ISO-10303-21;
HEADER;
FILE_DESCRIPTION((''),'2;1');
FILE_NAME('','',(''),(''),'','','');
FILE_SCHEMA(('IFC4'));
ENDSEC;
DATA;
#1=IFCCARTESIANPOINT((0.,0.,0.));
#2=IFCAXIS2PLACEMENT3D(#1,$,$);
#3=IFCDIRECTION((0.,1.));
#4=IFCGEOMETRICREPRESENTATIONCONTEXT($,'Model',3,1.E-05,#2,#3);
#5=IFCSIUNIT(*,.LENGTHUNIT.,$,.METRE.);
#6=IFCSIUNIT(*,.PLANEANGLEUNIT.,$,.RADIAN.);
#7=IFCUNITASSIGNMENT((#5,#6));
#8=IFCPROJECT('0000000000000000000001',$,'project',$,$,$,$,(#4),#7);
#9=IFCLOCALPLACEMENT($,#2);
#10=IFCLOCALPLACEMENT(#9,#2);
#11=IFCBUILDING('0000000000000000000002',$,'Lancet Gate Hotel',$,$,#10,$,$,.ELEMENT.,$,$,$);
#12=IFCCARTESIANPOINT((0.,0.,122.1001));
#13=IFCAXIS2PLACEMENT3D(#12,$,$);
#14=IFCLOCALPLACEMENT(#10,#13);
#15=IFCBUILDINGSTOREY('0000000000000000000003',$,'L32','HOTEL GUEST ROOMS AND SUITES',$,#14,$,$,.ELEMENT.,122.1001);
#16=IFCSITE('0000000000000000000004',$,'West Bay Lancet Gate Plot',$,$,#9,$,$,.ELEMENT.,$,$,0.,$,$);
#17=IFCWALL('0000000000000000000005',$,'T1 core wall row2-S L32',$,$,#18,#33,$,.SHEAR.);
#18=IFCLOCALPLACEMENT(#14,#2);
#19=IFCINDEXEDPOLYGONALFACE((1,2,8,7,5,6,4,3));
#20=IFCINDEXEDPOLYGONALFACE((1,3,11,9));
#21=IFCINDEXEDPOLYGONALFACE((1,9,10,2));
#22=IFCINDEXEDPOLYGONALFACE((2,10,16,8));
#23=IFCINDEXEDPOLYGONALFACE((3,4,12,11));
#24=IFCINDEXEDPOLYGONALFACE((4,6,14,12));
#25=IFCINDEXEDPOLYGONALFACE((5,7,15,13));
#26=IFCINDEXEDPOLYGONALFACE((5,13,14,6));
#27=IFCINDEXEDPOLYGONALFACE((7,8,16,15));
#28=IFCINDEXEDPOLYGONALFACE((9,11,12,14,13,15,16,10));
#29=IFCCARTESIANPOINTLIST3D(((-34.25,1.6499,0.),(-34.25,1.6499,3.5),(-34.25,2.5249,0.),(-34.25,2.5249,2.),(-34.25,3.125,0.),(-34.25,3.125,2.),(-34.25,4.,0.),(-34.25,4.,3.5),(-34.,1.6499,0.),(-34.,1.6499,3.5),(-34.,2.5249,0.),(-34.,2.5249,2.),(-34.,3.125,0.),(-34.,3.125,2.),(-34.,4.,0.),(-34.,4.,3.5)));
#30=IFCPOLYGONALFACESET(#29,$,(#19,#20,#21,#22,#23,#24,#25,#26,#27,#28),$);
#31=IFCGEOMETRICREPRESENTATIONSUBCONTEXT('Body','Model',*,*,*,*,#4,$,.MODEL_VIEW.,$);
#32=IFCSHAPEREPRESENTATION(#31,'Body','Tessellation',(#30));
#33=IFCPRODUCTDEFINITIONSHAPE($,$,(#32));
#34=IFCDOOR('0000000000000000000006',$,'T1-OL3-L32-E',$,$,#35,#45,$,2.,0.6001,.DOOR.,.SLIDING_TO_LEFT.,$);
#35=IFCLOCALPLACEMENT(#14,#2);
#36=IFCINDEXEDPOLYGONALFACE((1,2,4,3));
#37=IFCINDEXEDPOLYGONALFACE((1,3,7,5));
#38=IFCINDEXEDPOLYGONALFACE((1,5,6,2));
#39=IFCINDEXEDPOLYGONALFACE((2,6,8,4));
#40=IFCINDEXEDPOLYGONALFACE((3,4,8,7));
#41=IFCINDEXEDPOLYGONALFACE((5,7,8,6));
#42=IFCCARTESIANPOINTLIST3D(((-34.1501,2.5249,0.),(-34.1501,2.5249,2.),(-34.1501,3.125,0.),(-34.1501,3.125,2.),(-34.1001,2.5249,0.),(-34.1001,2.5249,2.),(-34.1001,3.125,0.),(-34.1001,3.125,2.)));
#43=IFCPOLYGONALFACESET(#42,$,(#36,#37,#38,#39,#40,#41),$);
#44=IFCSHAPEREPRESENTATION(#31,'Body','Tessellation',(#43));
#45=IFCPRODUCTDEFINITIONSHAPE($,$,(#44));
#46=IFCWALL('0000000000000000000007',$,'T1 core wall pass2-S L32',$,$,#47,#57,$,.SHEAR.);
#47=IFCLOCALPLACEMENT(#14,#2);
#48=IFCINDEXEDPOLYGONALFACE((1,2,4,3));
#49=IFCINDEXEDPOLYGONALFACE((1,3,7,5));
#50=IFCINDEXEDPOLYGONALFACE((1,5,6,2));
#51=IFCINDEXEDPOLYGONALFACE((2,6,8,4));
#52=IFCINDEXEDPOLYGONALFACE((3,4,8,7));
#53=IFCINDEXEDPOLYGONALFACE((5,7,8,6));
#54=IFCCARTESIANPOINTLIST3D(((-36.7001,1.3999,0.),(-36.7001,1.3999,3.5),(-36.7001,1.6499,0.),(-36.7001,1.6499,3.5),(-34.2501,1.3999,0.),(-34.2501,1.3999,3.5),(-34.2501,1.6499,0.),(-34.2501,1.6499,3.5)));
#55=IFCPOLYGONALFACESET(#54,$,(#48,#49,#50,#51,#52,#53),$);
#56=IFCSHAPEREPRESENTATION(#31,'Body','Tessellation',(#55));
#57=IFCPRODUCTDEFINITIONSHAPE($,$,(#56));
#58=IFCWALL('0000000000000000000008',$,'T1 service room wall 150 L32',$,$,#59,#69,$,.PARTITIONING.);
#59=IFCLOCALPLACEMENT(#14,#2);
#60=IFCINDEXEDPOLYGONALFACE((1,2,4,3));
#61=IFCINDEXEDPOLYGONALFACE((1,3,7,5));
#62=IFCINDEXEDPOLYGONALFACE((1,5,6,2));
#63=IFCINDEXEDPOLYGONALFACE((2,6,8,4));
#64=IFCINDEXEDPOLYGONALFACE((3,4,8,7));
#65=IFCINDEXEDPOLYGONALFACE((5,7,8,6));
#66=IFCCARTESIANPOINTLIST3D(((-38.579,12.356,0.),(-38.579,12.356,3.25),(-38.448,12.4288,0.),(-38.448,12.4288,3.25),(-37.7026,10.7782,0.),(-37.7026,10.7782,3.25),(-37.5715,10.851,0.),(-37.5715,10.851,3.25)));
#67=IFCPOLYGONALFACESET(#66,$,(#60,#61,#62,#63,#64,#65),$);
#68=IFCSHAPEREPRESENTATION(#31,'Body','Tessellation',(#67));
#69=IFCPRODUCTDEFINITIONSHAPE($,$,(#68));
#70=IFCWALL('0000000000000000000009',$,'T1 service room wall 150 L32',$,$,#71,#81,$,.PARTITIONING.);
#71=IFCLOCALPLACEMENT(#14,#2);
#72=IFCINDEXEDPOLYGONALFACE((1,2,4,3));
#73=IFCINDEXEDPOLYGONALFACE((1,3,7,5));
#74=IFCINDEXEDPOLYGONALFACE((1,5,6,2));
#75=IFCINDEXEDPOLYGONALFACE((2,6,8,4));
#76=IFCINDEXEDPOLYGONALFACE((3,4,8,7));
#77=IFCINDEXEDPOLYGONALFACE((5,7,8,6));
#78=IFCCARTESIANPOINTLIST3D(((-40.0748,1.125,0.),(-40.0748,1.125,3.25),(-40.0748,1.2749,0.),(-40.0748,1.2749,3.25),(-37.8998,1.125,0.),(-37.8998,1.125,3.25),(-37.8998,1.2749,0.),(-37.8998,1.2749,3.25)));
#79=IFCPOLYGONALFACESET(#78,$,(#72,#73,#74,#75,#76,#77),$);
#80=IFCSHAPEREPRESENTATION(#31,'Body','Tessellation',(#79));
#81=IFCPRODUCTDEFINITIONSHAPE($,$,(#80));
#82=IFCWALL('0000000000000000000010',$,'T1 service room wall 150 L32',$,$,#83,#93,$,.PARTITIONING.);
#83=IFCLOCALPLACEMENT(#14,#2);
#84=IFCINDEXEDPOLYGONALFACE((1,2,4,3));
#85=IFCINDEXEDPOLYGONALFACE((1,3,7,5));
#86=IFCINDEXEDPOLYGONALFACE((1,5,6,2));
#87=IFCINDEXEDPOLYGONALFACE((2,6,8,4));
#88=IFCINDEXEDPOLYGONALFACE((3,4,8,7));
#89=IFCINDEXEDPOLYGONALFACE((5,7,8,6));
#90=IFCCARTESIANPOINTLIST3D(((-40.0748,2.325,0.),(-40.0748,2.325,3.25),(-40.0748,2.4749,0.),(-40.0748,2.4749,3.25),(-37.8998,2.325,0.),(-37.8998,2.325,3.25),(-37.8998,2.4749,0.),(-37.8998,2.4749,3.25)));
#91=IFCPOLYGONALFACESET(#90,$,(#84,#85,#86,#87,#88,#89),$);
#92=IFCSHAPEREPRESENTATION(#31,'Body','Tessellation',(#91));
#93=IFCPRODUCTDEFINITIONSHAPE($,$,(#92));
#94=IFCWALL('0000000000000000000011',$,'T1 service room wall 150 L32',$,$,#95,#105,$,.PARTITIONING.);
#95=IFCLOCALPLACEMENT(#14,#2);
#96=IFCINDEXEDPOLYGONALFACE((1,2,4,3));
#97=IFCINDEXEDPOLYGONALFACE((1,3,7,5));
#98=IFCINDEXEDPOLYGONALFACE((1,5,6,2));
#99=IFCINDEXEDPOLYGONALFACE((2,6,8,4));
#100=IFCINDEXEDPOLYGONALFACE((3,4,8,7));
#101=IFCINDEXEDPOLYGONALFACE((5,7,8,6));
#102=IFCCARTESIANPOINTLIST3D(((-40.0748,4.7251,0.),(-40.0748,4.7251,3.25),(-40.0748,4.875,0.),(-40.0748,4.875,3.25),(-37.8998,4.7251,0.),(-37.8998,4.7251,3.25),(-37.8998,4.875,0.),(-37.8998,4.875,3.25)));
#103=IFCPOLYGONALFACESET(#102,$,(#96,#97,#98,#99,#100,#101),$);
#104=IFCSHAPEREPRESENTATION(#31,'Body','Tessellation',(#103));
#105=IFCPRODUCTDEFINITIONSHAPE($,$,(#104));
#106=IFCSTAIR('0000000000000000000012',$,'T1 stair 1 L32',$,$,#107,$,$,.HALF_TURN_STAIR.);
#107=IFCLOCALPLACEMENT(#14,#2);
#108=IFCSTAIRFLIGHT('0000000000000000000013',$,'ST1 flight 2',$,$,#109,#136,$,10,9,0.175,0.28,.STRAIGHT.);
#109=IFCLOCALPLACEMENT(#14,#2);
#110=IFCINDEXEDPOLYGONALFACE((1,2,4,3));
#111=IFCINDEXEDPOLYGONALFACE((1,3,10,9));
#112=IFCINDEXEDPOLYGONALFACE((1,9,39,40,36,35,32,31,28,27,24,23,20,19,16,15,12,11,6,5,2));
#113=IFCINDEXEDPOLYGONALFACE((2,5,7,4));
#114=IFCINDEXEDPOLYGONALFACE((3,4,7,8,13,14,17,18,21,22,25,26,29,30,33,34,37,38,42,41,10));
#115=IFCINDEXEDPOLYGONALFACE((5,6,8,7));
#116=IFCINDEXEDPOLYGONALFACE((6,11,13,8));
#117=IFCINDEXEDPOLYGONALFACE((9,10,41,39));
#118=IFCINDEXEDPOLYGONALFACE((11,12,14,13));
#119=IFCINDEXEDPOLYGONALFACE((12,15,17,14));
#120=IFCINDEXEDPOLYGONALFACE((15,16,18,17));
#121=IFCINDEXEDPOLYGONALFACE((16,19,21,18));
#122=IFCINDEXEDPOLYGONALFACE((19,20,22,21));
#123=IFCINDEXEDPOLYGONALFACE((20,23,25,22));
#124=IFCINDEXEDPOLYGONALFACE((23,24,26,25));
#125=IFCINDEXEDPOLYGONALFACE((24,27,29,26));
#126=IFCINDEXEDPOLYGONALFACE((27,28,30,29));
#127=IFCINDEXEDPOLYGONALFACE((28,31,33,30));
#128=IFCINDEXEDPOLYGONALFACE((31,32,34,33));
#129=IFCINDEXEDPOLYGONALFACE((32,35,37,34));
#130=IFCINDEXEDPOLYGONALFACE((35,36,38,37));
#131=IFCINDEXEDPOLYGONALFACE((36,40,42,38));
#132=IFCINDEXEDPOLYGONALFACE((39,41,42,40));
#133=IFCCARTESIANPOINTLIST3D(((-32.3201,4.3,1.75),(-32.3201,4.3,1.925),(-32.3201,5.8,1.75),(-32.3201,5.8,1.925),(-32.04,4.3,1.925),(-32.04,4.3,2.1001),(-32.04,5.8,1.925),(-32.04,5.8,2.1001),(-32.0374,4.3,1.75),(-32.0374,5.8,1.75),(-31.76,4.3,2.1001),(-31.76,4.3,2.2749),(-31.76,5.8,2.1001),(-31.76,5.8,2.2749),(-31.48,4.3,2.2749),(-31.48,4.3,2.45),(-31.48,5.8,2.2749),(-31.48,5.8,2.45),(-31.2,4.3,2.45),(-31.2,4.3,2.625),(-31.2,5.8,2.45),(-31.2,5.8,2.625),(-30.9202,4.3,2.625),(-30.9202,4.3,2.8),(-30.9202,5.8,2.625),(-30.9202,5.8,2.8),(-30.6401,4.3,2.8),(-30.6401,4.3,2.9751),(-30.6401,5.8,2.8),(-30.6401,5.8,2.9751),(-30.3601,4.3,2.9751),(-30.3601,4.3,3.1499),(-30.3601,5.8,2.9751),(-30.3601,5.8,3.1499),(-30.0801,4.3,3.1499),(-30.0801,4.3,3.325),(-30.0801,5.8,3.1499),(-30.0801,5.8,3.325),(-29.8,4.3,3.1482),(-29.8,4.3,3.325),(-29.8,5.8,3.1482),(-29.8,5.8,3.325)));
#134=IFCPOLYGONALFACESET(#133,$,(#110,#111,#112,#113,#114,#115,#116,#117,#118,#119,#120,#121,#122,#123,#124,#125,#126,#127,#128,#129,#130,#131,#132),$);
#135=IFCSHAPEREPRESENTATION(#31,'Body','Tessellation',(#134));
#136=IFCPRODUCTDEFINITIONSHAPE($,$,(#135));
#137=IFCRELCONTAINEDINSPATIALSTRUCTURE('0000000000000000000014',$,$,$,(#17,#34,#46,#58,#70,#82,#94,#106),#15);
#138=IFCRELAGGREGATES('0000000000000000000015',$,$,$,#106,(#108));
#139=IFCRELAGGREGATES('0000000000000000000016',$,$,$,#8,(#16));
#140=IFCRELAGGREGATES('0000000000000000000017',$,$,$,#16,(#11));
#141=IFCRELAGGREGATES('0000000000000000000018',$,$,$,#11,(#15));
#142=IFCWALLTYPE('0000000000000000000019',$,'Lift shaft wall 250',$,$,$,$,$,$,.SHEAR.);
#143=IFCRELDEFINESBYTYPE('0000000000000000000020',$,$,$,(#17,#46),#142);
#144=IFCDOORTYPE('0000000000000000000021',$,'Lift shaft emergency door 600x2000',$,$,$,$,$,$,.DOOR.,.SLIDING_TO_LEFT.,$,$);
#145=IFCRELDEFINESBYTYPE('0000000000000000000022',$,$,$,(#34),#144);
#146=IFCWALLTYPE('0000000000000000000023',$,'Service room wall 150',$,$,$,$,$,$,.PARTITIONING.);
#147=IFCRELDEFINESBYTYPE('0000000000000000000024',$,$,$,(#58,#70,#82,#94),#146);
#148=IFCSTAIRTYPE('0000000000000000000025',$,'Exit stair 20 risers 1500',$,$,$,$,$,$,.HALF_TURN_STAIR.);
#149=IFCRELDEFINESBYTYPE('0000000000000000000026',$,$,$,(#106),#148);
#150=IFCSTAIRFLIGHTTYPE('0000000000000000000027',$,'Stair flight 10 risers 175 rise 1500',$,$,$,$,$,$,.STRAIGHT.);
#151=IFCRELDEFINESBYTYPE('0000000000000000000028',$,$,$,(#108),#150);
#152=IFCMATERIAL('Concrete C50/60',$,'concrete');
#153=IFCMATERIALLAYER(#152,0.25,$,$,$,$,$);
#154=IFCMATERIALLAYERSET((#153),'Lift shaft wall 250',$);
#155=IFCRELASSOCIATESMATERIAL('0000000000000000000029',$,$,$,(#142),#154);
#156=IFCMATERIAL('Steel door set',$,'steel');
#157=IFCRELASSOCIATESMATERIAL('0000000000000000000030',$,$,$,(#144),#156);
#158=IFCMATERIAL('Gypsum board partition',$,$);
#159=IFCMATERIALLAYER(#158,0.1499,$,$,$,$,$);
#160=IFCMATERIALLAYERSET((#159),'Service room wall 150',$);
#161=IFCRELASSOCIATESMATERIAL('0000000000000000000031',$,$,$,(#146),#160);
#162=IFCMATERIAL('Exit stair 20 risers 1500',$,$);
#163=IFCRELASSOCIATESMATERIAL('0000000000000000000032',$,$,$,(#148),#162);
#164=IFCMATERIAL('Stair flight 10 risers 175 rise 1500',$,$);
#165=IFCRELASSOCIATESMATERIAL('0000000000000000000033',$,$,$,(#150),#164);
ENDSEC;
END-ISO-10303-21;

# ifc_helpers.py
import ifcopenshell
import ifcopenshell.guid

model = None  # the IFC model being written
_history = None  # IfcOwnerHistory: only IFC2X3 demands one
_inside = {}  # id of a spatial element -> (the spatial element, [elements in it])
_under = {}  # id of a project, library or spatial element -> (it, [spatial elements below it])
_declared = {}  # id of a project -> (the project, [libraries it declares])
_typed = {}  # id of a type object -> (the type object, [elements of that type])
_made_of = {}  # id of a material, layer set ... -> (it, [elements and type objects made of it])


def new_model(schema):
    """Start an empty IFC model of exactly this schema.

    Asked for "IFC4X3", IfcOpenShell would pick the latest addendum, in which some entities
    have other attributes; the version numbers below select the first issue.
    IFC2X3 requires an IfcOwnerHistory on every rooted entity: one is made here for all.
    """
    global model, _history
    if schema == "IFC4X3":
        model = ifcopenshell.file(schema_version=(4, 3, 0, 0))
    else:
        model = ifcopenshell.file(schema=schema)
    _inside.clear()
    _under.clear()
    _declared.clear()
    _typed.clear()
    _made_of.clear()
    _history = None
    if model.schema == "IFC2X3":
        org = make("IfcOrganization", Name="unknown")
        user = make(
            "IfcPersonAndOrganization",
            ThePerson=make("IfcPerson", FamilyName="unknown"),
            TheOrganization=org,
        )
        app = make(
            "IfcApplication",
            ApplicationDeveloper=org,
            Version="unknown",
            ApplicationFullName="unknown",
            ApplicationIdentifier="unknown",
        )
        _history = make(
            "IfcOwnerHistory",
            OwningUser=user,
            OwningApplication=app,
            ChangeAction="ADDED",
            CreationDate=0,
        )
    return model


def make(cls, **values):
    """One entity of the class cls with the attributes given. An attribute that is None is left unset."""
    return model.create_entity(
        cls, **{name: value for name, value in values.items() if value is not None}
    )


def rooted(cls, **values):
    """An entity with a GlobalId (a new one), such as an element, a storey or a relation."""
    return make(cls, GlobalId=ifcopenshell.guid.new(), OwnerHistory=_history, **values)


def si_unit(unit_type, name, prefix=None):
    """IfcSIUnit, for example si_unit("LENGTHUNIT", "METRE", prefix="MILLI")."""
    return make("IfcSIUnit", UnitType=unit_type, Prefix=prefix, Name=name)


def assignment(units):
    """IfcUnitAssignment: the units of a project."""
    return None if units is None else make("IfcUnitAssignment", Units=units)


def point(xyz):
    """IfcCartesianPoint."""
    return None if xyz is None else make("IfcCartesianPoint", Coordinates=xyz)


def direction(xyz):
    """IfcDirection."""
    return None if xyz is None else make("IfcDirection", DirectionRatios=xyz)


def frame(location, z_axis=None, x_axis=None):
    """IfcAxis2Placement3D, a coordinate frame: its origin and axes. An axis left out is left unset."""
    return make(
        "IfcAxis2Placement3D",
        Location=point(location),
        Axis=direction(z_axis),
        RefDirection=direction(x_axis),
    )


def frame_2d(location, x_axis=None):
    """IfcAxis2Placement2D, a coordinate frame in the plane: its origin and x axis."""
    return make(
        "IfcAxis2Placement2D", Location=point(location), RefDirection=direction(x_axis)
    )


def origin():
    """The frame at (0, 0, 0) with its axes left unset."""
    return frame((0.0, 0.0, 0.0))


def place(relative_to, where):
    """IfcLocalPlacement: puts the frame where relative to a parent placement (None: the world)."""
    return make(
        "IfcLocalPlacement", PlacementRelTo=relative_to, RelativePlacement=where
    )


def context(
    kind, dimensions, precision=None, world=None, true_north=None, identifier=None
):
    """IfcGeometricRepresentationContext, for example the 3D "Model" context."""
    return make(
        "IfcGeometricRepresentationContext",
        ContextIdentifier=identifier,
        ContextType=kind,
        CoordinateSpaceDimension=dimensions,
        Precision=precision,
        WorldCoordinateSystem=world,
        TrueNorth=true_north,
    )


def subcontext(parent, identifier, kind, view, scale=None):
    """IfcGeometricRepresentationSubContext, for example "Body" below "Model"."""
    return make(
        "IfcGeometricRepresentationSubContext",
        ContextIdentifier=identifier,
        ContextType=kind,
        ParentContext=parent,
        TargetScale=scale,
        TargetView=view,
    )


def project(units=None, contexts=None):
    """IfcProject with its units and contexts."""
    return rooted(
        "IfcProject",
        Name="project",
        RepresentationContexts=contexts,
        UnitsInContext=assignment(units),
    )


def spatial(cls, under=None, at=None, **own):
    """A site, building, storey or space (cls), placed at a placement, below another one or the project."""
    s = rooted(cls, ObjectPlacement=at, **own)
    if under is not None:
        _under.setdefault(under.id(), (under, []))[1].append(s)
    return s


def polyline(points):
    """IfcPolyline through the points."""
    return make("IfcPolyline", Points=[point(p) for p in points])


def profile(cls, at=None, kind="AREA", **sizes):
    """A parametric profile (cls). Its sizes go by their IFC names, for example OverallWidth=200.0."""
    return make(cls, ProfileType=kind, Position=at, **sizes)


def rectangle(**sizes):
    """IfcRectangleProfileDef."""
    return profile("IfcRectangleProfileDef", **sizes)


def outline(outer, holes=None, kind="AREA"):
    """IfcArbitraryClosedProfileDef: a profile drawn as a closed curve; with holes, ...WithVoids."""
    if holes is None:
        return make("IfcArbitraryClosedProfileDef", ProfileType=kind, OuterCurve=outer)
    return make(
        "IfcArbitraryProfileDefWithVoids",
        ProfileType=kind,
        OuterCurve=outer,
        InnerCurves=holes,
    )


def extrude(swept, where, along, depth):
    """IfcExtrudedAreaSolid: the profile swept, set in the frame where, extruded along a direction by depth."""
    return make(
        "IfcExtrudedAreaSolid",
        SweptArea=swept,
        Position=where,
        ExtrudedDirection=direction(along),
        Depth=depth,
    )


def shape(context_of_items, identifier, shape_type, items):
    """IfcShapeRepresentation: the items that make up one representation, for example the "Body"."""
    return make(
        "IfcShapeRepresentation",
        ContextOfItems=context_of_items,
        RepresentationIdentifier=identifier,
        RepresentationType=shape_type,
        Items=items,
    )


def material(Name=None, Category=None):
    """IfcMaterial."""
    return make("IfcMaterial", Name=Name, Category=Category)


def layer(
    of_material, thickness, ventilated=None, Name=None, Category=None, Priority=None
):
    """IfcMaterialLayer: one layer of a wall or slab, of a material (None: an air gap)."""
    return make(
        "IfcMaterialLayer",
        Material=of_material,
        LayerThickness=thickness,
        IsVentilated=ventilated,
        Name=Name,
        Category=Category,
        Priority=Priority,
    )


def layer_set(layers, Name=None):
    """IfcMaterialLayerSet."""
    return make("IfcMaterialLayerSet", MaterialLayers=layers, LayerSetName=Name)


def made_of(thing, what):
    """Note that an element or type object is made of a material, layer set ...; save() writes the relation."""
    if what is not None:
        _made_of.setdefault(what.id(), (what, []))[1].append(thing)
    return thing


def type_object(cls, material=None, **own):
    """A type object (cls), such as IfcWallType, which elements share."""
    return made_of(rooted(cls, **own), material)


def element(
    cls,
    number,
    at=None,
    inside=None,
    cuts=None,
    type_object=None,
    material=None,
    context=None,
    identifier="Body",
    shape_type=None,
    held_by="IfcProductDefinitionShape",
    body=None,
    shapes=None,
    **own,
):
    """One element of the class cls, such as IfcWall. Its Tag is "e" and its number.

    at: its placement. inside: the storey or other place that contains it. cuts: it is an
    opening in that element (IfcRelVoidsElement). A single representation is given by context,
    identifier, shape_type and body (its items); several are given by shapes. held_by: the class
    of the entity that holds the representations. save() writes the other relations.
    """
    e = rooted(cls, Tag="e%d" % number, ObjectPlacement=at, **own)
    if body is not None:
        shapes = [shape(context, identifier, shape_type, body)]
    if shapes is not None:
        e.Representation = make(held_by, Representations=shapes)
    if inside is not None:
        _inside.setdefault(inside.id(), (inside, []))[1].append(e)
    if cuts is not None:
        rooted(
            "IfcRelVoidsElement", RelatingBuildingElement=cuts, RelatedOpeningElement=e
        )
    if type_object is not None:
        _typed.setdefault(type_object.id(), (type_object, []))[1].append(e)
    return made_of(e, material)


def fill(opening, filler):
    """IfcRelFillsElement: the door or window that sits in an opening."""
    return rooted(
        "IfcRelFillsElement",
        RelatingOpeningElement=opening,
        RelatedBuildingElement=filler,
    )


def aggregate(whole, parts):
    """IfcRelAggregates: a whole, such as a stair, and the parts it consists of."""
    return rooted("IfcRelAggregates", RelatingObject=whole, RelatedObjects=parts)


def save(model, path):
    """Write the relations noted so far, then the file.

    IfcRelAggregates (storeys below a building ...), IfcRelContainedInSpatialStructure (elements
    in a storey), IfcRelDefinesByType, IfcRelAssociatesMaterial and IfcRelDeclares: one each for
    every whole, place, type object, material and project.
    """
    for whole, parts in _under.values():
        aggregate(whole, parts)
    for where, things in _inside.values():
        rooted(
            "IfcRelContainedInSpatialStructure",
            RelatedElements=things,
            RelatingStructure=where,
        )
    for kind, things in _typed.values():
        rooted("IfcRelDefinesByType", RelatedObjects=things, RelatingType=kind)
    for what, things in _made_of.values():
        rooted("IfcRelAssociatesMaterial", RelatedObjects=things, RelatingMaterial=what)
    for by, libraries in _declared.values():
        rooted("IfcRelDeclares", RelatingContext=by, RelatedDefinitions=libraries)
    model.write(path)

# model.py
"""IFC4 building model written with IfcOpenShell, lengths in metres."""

from ifc_helpers import new_model, si_unit, direction, frame, frame_2d, origin, place, context, subcontext, project, spatial, polyline, rectangle, outline, extrude, material, layer, layer_set, type_object, element, fill, aggregate, save


model = new_model("IFC4")

# Units and contexts
model_context = context("Model", 3, precision=1e-05, world=origin(), true_north=direction((0.0, 1.0)))
body_context = subcontext(model_context, "Body", "Model", "MODEL_VIEW")
ifc_project = project(units=[si_unit("LENGTHUNIT", "METRE"), si_unit("PLANEANGLEUNIT", "RADIAN")], contexts=[model_context])

# Site, building, storey
site_placement = place(None, origin())
site = spatial("IfcSite", under=ifc_project, at=site_placement, Name="West Bay Lancet Gate Plot", CompositionType="ELEMENT", RefElevation=0.0)
building_placement = place(site_placement, origin())
building = spatial("IfcBuilding", under=site, at=building_placement, Name="Lancet Gate Hotel", CompositionType="ELEMENT")
storey_placement = place(building_placement, frame((0.0, 0.0, 122.1001)))
storey = spatial("IfcBuildingStorey", under=building, at=storey_placement, Name="L32", Description="HOTEL GUEST ROOMS AND SUITES", CompositionType="ELEMENT", Elevation=122.1001)

# Wall, opening, door
ifc_material_1 = material(Name="Concrete C50/60", Category="concrete")
ifc_layer_1 = layer(ifc_material_1, 0.25)
ifc_layer_set_1 = layer_set([ifc_layer_1], Name="Lift shaft wall 250")
wall_type_1 = type_object("IfcWallType", Name="Lift shaft wall 250", PredefinedType="SHEAR", material=ifc_layer_set_1)
wall_1_placement = place(storey_placement, frame((-34.125, 4.0, 0.0), z_axis=(0.0, 0.0, 1.0), x_axis=(0.0, -1.0, 0.0)))
wall_1 = element("IfcWall", 1, at=wall_1_placement, inside=storey, type_object=wall_type_1, Name="T1 core wall row2-S L32", PredefinedType="SHEAR", context=body_context, shape_type="SweptSolid", body=[
    extrude(rectangle(XDim=2.3501, YDim=0.25, at=frame_2d((1.175, 0.0))), origin(), (0.0, 0.0, 1.0), 3.5),
])
opening_1_placement = place(wall_1_placement, frame((0.875, 0.0, 0.0)))
opening_1 = element("IfcOpeningElement", 2, at=opening_1_placement, cuts=wall_1, PredefinedType="OPENING", context=body_context, shape_type="SweptSolid", body=[
    extrude(rectangle(XDim=0.6001, YDim=2.0, at=frame_2d((0.3, 1.0))), frame((0.0, 0.135, 0.0), z_axis=(0.0, -1.0, 0.0), x_axis=(1.0, 0.0, 0.0)), (0.0, 0.0, 1.0), 0.27),
])
ifc_material_2 = material(Name="Steel door set", Category="steel")
door_type_1 = type_object("IfcDoorType", Name="Lift shaft emergency door 600x2000", OperationType="SLIDING_TO_LEFT", PredefinedType="DOOR", material=ifc_material_2)
door_1_placement = place(opening_1_placement, origin())
door_1 = element("IfcDoor", 3, at=door_1_placement, inside=storey, type_object=door_type_1, Name="T1-OL3-L32-E", OperationType="SLIDING_TO_LEFT", OverallHeight=2.0, OverallWidth=0.6001, PredefinedType="DOOR", context=body_context, shape_type="SweptSolid", body=[
    extrude(rectangle(XDim=0.6001, YDim=2.0, at=frame_2d((0.3, 1.0))), frame((0.0, 0.0249, 0.0), z_axis=(0.0, -1.0, 0.0), x_axis=(1.0, 0.0, 0.0)), (0.0, 0.0, 1.0), 0.05),
])
fill(opening_1, door_1)

# Walls
wall_2_placement = place(storey_placement, frame((-34.25, 1.5249, 0.0), z_axis=(0.0, 0.0, 1.0), x_axis=(-1.0, 0.0, 0.0)))
element("IfcWall", 4, at=wall_2_placement, inside=storey, type_object=wall_type_1, Name="T1 core wall pass2-S L32", PredefinedType="SHEAR", context=body_context, shape_type="SweptSolid", body=[
    extrude(rectangle(XDim=2.45, YDim=0.25, at=frame_2d((1.2251, 0.0))), origin(), (0.0, 0.0, 1.0), 3.5),
])
ifc_material_3 = material(Name="Gypsum board partition")
ifc_layer_2 = layer(ifc_material_3, 0.1499)
ifc_layer_set_2 = layer_set([ifc_layer_2], Name="Service room wall 150")
wall_type_2 = type_object("IfcWallType", Name="Service room wall 150", PredefinedType="PARTITIONING", material=ifc_layer_set_2)
wall_3_placement = place(storey_placement, frame((-38.5134, 12.3923, 0.0), z_axis=(0.0, 0.0, 1.0), x_axis=(0.485586, -0.874189, 0.0)))
element("IfcWall", 5, at=wall_3_placement, inside=storey, type_object=wall_type_2, Name="T1 service room wall 150 L32", PredefinedType="PARTITIONING", context=body_context, shape_type="SweptSolid", body=[
    extrude(rectangle(XDim=1.8049, YDim=0.1499, at=frame_2d((0.9023, 0.0))), origin(), (0.0, 0.0, 1.0), 3.25),
])
for number, where, z_axis, x_axis, name in (
    (6, (-37.8999, 1.2, 0.0), (0.0, 0.0, 1.0), (-1.0, 0.0, 0.0), "T1 service room wall 150 L32"),
    (7, (-37.8999, 2.3999, 0.0), (0.0, 0.0, 1.0), (-1.0, 0.0, 0.0), "T1 service room wall 150 L32"),
    (8, (-37.8999, 4.8, 0.0), (0.0, 0.0, 1.0), (-1.0, 0.0, 0.0), "T1 service room wall 150 L32"),
):
    element("IfcWall", number, at=place(storey_placement, frame(where, z_axis=z_axis, x_axis=x_axis)), inside=storey, type_object=wall_type_2, Name=name, PredefinedType="PARTITIONING", context=body_context, shape_type="SweptSolid", body=[
        extrude(rectangle(XDim=2.175, YDim=0.1499, at=frame_2d((1.0874, 0.0))), origin(), (0.0, 0.0, 1.0), 3.25),
    ])

# Stair, stair flight
ifc_material_4 = material(Name="Exit stair 20 risers 1500")
stair_type = type_object("IfcStairType", Name="Exit stair 20 risers 1500", PredefinedType="HALF_TURN_STAIR", material=ifc_material_4)
stair_placement = place(storey_placement, origin())
stair = element("IfcStair", 9, at=stair_placement, inside=storey, type_object=stair_type, Name="T1 stair 1 L32", PredefinedType="HALF_TURN_STAIR")
ifc_material_5 = material(Name="Stair flight 10 risers 175 rise 1500")
stair_flight_type = type_object("IfcStairFlightType", Name="Stair flight 10 risers 175 rise 1500", PredefinedType="STRAIGHT", material=ifc_material_5)
stair_flight_placement = place(storey_placement, frame((-32.3201, 5.05, 1.75), z_axis=(0.0, 0.0, 1.0), x_axis=(1.0, 0.0, 0.0)))
stair_flight = element("IfcStairFlight", 10, at=stair_flight_placement, type_object=stair_flight_type, Name="ST1 flight 2", NumberOfRisers=10, NumberOfTreads=9, PredefinedType="STRAIGHT", RiserHeight=0.175, TreadLength=0.28, context=body_context, shape_type="SweptSolid", body=[
    extrude(outline(polyline([(0.0, 0.0), (0.0, 0.175), (0.28, 0.175), (0.28, 0.3501), (0.5601, 0.3501), (0.5601, 0.5249), (0.8401, 0.5249), (0.8401, 0.7), (1.1201, 0.7), (1.1201, 0.875), (1.3999, 0.875), (1.3999, 1.05), (1.6799, 1.05), (1.6799, 1.2251), (1.96, 1.2251), (1.96, 1.3999), (2.24, 1.3999), (2.24, 1.575), (2.52, 1.575), (2.52, 1.75), (2.52, 1.3982), (0.2827, 0.0), (0.0, 0.0)])), frame((0.0, 0.75, 0.0), z_axis=(0.0, -1.0, 0.0), x_axis=(1.0, 0.0, 0.0)), (0.0, 0.0, 1.0), 1.5),
])
aggregate(stair, [stair_flight])

save(model, "model.ifc")
